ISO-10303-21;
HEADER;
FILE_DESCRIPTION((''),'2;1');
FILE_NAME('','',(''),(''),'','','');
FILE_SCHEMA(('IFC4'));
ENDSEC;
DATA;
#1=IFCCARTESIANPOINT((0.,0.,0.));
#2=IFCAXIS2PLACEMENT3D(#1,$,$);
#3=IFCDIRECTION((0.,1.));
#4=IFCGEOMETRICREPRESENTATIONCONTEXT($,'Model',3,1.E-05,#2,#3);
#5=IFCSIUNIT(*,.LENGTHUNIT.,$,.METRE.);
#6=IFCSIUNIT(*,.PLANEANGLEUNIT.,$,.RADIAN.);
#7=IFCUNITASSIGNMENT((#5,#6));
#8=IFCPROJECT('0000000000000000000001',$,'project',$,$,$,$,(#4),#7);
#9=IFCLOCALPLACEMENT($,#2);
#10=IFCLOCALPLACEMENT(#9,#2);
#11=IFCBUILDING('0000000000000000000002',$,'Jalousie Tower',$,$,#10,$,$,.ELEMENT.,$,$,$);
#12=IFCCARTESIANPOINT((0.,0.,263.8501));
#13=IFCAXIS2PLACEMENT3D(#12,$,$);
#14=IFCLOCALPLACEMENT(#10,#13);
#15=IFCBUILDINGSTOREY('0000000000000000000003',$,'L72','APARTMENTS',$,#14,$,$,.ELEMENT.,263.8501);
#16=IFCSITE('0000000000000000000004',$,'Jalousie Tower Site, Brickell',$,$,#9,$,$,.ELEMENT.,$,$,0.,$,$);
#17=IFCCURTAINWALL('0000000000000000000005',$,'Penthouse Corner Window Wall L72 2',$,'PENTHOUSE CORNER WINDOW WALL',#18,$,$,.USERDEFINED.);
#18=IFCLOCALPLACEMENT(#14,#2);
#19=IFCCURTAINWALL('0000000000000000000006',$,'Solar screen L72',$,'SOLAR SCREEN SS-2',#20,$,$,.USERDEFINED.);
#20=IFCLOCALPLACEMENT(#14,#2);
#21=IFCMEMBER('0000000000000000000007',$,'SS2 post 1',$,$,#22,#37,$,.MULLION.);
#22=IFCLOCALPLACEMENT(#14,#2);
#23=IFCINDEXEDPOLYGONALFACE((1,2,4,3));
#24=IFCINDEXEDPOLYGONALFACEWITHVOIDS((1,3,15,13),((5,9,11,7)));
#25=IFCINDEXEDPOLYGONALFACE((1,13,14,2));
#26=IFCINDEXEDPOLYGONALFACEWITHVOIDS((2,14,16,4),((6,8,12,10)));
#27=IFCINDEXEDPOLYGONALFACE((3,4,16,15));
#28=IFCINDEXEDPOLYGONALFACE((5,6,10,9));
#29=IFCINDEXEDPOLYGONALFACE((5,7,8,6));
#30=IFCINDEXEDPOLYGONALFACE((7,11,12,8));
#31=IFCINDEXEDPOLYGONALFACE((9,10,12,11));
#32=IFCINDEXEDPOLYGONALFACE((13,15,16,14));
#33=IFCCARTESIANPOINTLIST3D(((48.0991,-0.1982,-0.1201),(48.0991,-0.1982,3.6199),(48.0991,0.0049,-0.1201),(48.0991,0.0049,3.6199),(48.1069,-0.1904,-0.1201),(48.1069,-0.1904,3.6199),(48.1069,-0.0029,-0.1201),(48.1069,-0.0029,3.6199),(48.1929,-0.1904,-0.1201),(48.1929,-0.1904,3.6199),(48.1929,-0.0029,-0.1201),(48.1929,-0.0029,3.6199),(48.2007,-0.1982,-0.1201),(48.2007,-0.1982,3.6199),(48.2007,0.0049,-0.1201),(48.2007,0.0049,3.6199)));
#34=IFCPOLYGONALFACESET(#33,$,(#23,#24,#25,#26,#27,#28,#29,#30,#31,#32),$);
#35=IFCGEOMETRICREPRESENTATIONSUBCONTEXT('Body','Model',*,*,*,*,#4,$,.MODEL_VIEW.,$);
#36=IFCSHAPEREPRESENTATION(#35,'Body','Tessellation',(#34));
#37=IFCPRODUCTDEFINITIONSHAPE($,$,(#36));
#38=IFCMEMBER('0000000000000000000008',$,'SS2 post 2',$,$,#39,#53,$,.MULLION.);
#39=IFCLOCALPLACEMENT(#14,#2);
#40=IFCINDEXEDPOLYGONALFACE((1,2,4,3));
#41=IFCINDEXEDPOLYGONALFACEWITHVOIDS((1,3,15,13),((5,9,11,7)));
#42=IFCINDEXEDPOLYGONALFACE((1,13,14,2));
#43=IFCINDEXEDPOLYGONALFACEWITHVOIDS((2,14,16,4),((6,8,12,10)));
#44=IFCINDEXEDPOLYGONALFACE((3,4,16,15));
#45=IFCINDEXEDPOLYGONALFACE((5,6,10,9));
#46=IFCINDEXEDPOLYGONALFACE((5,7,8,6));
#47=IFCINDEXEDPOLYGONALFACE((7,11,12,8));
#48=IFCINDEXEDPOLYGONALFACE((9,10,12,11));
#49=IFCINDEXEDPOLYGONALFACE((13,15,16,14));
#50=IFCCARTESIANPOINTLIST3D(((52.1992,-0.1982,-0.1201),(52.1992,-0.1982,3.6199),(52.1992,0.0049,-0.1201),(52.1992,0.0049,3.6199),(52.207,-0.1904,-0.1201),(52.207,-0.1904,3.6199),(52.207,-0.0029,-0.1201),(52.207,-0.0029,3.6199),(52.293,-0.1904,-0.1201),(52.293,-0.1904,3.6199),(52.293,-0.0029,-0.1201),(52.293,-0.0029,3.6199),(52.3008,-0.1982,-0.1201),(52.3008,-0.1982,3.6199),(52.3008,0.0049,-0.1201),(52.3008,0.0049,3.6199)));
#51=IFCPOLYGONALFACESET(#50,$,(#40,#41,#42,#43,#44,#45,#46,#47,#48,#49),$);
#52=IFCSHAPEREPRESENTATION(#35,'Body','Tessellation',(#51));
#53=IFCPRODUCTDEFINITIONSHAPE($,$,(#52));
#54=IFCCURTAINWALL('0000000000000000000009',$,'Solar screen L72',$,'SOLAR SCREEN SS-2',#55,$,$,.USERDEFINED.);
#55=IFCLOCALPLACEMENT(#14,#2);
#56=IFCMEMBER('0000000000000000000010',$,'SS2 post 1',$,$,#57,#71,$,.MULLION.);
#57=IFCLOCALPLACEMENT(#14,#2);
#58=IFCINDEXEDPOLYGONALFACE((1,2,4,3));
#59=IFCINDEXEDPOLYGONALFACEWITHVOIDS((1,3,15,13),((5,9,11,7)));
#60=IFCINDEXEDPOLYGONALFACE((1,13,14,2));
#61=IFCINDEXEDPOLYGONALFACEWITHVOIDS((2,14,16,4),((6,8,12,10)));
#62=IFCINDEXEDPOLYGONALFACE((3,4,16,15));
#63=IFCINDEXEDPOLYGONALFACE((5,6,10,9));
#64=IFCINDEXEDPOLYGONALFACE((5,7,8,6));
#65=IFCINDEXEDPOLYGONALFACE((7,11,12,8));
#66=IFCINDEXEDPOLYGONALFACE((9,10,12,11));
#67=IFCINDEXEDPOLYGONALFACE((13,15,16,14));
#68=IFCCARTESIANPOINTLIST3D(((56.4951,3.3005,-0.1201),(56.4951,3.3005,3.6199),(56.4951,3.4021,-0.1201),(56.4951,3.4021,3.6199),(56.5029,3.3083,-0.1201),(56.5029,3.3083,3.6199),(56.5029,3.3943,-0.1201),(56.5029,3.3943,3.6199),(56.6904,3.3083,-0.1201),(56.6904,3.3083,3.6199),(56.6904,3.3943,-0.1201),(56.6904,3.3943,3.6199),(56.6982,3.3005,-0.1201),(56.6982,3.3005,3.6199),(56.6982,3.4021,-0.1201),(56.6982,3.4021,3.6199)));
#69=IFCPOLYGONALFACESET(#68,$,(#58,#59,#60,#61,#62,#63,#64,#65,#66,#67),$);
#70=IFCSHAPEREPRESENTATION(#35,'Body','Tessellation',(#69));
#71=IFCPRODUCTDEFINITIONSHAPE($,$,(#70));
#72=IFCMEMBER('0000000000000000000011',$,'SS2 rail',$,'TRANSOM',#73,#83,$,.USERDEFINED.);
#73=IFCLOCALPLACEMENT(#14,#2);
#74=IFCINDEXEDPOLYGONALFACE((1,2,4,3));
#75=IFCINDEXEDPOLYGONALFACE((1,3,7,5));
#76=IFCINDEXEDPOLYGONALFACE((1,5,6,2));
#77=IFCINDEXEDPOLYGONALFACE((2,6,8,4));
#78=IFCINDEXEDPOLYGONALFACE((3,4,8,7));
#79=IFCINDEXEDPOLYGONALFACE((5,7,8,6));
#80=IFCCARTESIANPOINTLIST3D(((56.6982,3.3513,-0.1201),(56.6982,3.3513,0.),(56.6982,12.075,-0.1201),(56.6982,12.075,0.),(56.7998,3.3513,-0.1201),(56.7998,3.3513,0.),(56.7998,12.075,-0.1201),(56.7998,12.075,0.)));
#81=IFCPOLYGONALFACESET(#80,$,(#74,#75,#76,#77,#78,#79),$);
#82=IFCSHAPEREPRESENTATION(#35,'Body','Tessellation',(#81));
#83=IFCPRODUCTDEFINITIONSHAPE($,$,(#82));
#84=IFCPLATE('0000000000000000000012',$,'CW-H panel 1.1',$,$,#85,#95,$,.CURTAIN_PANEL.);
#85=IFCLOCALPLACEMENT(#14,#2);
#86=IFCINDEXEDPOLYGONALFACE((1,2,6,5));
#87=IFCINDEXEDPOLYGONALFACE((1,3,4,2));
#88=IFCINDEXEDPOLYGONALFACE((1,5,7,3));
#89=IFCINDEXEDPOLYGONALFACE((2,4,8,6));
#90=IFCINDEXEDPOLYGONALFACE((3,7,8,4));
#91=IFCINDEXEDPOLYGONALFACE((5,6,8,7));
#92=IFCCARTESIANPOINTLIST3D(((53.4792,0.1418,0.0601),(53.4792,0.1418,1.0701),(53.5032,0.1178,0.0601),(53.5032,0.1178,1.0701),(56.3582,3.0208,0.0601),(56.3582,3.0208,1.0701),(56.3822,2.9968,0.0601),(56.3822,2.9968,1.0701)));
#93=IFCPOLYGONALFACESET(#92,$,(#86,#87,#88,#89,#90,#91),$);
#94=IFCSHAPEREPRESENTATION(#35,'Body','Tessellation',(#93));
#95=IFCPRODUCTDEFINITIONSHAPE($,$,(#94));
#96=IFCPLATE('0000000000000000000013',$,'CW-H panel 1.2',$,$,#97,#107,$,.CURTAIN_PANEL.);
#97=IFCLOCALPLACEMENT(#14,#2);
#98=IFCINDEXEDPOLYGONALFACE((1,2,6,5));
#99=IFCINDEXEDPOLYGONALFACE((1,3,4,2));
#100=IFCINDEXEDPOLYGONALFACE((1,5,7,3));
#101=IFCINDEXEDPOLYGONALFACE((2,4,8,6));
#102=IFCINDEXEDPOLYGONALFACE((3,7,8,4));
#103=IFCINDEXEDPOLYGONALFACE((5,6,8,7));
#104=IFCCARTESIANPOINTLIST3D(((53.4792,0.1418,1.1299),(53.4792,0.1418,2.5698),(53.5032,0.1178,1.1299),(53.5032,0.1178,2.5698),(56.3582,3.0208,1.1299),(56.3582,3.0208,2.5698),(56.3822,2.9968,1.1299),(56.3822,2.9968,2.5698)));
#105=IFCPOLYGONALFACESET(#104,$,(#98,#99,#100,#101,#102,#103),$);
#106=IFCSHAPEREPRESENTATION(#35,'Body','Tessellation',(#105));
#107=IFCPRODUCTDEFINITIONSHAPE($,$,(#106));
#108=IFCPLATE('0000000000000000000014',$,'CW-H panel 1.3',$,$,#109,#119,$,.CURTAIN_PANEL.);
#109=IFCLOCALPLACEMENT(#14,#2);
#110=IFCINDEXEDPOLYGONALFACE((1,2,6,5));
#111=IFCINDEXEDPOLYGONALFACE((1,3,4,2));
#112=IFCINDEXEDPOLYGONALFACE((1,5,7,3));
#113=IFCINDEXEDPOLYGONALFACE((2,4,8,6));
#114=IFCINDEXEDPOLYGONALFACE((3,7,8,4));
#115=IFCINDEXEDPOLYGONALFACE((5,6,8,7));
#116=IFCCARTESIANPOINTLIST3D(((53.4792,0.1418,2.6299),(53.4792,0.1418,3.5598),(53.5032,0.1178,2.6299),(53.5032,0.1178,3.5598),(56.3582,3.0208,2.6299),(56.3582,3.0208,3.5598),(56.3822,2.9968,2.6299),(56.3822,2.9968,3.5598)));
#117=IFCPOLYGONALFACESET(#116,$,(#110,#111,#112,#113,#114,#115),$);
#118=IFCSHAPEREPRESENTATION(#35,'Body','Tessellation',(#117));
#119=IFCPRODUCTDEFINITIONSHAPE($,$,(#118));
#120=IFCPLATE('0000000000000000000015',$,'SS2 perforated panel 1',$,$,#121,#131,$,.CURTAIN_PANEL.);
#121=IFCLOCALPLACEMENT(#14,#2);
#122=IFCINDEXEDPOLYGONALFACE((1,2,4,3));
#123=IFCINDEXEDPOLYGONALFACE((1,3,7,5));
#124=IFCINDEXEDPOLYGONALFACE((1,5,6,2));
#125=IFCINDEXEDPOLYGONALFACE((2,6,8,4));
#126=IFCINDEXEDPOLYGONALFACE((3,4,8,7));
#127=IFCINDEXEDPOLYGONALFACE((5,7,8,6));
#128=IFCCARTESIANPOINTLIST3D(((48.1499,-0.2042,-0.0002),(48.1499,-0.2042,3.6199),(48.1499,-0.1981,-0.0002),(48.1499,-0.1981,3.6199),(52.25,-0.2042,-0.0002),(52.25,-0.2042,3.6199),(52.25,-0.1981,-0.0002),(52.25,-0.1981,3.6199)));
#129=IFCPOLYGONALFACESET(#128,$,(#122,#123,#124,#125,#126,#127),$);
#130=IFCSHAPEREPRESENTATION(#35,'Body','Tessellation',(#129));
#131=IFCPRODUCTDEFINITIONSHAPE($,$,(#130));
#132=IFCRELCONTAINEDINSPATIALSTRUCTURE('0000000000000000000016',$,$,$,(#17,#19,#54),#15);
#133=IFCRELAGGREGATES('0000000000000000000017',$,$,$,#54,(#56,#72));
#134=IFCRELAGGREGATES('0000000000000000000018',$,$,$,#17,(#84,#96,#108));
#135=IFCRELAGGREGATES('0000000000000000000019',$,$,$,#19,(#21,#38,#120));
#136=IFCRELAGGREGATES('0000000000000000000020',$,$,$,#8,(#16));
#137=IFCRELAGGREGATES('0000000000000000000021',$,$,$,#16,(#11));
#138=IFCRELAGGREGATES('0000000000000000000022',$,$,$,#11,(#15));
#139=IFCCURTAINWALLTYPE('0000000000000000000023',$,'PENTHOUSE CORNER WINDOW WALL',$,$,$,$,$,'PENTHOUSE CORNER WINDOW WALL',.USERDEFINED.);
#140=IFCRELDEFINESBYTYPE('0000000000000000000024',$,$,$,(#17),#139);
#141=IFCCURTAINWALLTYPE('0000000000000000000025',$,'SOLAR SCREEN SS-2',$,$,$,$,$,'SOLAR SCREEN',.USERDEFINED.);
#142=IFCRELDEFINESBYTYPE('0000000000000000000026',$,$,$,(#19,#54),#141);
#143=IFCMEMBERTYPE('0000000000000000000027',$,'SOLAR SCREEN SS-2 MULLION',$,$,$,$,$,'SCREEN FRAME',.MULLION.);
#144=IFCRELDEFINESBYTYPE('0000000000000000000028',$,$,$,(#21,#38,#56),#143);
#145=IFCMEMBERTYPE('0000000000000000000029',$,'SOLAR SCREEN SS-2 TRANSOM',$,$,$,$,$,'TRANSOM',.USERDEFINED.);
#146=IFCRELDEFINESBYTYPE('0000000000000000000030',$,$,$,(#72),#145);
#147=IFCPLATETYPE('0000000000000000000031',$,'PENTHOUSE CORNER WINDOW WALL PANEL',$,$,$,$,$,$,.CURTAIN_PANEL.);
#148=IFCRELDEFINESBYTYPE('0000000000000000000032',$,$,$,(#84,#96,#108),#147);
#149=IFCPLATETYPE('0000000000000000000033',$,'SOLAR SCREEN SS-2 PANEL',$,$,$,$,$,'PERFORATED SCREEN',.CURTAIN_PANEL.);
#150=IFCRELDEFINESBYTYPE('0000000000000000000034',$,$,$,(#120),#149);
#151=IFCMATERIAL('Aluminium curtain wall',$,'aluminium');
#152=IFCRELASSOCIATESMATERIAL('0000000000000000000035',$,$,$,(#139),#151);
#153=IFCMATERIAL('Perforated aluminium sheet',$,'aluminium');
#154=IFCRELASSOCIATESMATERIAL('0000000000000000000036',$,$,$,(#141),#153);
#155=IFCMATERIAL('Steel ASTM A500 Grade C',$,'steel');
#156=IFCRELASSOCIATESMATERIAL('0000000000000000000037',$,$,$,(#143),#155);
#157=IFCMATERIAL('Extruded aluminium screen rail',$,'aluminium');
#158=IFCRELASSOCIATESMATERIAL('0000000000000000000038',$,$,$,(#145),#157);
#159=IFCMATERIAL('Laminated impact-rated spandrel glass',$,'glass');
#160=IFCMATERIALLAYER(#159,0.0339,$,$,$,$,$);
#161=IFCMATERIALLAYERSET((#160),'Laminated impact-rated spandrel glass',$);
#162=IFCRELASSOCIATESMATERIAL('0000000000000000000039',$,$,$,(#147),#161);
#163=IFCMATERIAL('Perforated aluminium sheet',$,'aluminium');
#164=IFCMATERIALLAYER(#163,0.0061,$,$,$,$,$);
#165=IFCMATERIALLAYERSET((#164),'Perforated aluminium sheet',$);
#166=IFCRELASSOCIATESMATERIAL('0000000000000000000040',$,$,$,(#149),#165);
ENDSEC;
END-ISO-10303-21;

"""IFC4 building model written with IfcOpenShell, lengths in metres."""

from ifc_helpers import new_model, si_unit, direction, frame, origin, origin_2d, place, context, subcontext, project, spatial, rectangle, hollow_rectangle, extrude, material, layer, layer_set, material_profile, profile_set, type_object, element, aggregate, save


model = new_model("IFC4")

# Units and contexts
model_context = context("Model", 3, precision=1e-05, world=origin(), true_north=direction((0.0, 1.0)))
body_context = subcontext(model_context, "Body", "Model", "MODEL_VIEW")
ifc_project = project(units=[si_unit("LENGTHUNIT", "METRE"), si_unit("PLANEANGLEUNIT", "RADIAN")], contexts=[model_context])

# Site, building, storey
site_placement = place(None, origin())
site = spatial("IfcSite", under=ifc_project, at=site_placement, Name="Jalousie Tower Site, Brickell", CompositionType="ELEMENT", RefElevation=0.0)
building_placement = place(site_placement, origin())
building = spatial("IfcBuilding", under=site, at=building_placement, Name="Jalousie Tower", CompositionType="ELEMENT")
storey_placement = place(building_placement, frame((0.0, 0.0, 263.8501)))
storey = spatial("IfcBuildingStorey", under=building, at=storey_placement, Name="L72", Description="APARTMENTS", CompositionType="ELEMENT", Elevation=263.8501)

# Curtain wall
ifc_material_1 = material(Name="Aluminium curtain wall", Category="aluminium")
curtain_wall_type_1 = type_object("IfcCurtainWallType", Name="PENTHOUSE CORNER WINDOW WALL", ElementType="PENTHOUSE CORNER WINDOW WALL", PredefinedType="USERDEFINED", material=ifc_material_1)
curtain_wall_1_placement = place(storey_placement, origin())
curtain_wall_1 = element("IfcCurtainWall", 1, at=curtain_wall_1_placement, inside=storey, type_object=curtain_wall_type_1, Name="Penthouse Corner Window Wall L72 2", ObjectType="PENTHOUSE CORNER WINDOW WALL", PredefinedType="USERDEFINED")

# Curtain walls, members
ifc_material_2 = material(Name="Perforated aluminium sheet", Category="aluminium")
curtain_wall_type_2 = type_object("IfcCurtainWallType", Name="SOLAR SCREEN SS-2", ElementType="SOLAR SCREEN", PredefinedType="USERDEFINED", material=ifc_material_2)
curtain_wall_2_placement = place(storey_placement, origin())
curtain_wall_2 = element("IfcCurtainWall", 2, at=curtain_wall_2_placement, inside=storey, type_object=curtain_wall_type_2, Name="Solar screen L72", ObjectType="SOLAR SCREEN SS-2", PredefinedType="USERDEFINED")
ifc_material_3 = material(Name="Steel ASTM A500 Grade C", Category="steel")
ifc_material_profile_1 = material_profile(ifc_material_3, hollow_rectangle(XDim=0.1016, YDim=0.2031, WallThickness=0.0078, at=origin_2d()), Name="HSS8X4X5/16")
ifc_profile_set_1 = profile_set([ifc_material_profile_1], Name="Steel ASTM A500 Grade C")
member_type_1 = type_object("IfcMemberType", Name="SOLAR SCREEN SS-2 MULLION", ElementType="SCREEN FRAME", PredefinedType="MULLION", material=ifc_profile_set_1)
member_1_placement = place(storey_placement, frame((48.1499, -0.0967, -0.1201), z_axis=(0.0, 0.0, 1.0), x_axis=(1.0, 0.0, 0.0)))
member_1 = element("IfcMember", 3, at=member_1_placement, type_object=member_type_1, Name="SS2 post 1", PredefinedType="MULLION", context=body_context, shape_type="SweptSolid", body=[
    extrude(hollow_rectangle(XDim=0.1016, YDim=0.2031, WallThickness=0.0078, at=origin_2d()), origin(), (0.0, 0.0, 1.0), 3.74),
])
member_2_placement = place(storey_placement, frame((52.25, -0.0967, -0.1201), z_axis=(0.0, 0.0, 1.0), x_axis=(1.0, 0.0, 0.0)))
member_2 = element("IfcMember", 4, at=member_2_placement, type_object=member_type_1, Name="SS2 post 2", PredefinedType="MULLION", context=body_context, shape_type="SweptSolid", body=[
    extrude(hollow_rectangle(XDim=0.1016, YDim=0.2031, WallThickness=0.0078, at=origin_2d()), origin(), (0.0, 0.0, 1.0), 3.74),
])
curtain_wall_3_placement = place(storey_placement, origin())
curtain_wall_3 = element("IfcCurtainWall", 5, at=curtain_wall_3_placement, inside=storey, type_object=curtain_wall_type_2, Name="Solar screen L72", ObjectType="SOLAR SCREEN SS-2", PredefinedType="USERDEFINED")
member_3_placement = place(storey_placement, frame((56.5967, 3.3513, -0.1201), z_axis=(0.0, 0.0, 1.0), x_axis=(0.0, 1.0, 0.0)))
member_3 = element("IfcMember", 6, at=member_3_placement, type_object=member_type_1, Name="SS2 post 1", PredefinedType="MULLION", context=body_context, shape_type="SweptSolid", body=[
    extrude(hollow_rectangle(XDim=0.1016, YDim=0.2031, WallThickness=0.0078, at=origin_2d()), origin(), (0.0, 0.0, 1.0), 3.74),
])
ifc_material_4 = material(Name="Extruded aluminium screen rail", Category="aluminium")
ifc_material_profile_2 = material_profile(ifc_material_4, rectangle(XDim=0.1016, YDim=0.1201, at=origin_2d()), Name="RAIL 102x120")
ifc_profile_set_2 = profile_set([ifc_material_profile_2], Name="Extruded aluminium screen rail")
member_type_2 = type_object("IfcMemberType", Name="SOLAR SCREEN SS-2 TRANSOM", ElementType="TRANSOM", PredefinedType="USERDEFINED", material=ifc_profile_set_2)
member_4_placement = place(storey_placement, frame((56.749, 3.3513, -0.0601), z_axis=(0.0, 1.0, 0.0), x_axis=(-1.0, 0.0, 0.0)))
member_4 = element("IfcMember", 7, at=member_4_placement, type_object=member_type_2, Name="SS2 rail", ObjectType="TRANSOM", PredefinedType="USERDEFINED", context=body_context, shape_type="SweptSolid", body=[
    extrude(rectangle(XDim=0.1016, YDim=0.1201, at=origin_2d()), origin(), (0.0, 0.0, 1.0), 8.7236),
])
aggregate(curtain_wall_3, [member_3, member_4])

# Plates
ifc_material_5 = material(Name="Laminated impact-rated spandrel glass", Category="glass")
ifc_layer_1 = layer(ifc_material_5, 0.0339)
ifc_layer_set_1 = layer_set([ifc_layer_1], Name="Laminated impact-rated spandrel glass")
plate_type_1 = type_object("IfcPlateType", Name="PENTHOUSE CORNER WINDOW WALL PANEL", PredefinedType="CURTAIN_PANEL", material=ifc_layer_set_1)
plate_1_placement = place(storey_placement, frame((54.9307, 1.5693, 0.0601), z_axis=(0.0, 0.0, 1.0), x_axis=(0.707107, 0.707107, 0.0)))
plate_1 = element("IfcPlate", 8, at=plate_1_placement, type_object=plate_type_1, Name="CW-H panel 1.1", PredefinedType="CURTAIN_PANEL", context=body_context, shape_type="SweptSolid", body=[
    extrude(rectangle(XDim=4.0715, YDim=0.0339, at=origin_2d()), origin(), (0.0, 0.0, 1.0), 1.01),
])
plate_2_placement = place(storey_placement, frame((54.9307, 1.5693, 1.1299), z_axis=(0.0, 0.0, 1.0), x_axis=(0.707107, 0.707107, 0.0)))
plate_2 = element("IfcPlate", 9, at=plate_2_placement, type_object=plate_type_1, Name="CW-H panel 1.2", PredefinedType="CURTAIN_PANEL", context=body_context, shape_type="SweptSolid", body=[
    extrude(rectangle(XDim=4.0715, YDim=0.0339, at=origin_2d()), origin(), (0.0, 0.0, 1.0), 1.4399),
])
plate_3_placement = place(storey_placement, frame((54.9307, 1.5693, 2.6299), z_axis=(0.0, 0.0, 1.0), x_axis=(0.707107, 0.707107, 0.0)))
plate_3 = element("IfcPlate", 10, at=plate_3_placement, type_object=plate_type_1, Name="CW-H panel 1.3", PredefinedType="CURTAIN_PANEL", context=body_context, shape_type="SweptSolid", body=[
    extrude(rectangle(XDim=4.0715, YDim=0.0339, at=origin_2d()), origin(), (0.0, 0.0, 1.0), 0.9299),
])
aggregate(curtain_wall_1, [plate_1, plate_2, plate_3])
ifc_material_6 = material(Name="Perforated aluminium sheet", Category="aluminium")
ifc_layer_2 = layer(ifc_material_6, 0.0061)
ifc_layer_set_2 = layer_set([ifc_layer_2], Name="Perforated aluminium sheet")
plate_type_2 = type_object("IfcPlateType", Name="SOLAR SCREEN SS-2 PANEL", ElementType="PERFORATED SCREEN", PredefinedType="CURTAIN_PANEL", material=ifc_layer_set_2)
plate_4_placement = place(storey_placement, frame((50.2, -0.2012, -0.0002), z_axis=(0.0, 0.0, 1.0), x_axis=(1.0, 0.0, 0.0)))
plate_4 = element("IfcPlate", 11, at=plate_4_placement, type_object=plate_type_2, Name="SS2 perforated panel 1", PredefinedType="CURTAIN_PANEL", context=body_context, shape_type="SweptSolid", body=[
    extrude(rectangle(XDim=4.1001, YDim=0.0061, at=origin_2d()), origin(), (0.0, 0.0, 1.0), 3.6201),
])
aggregate(curtain_wall_2, [member_1, member_2, plate_4])

save(model, "model.ifc")
